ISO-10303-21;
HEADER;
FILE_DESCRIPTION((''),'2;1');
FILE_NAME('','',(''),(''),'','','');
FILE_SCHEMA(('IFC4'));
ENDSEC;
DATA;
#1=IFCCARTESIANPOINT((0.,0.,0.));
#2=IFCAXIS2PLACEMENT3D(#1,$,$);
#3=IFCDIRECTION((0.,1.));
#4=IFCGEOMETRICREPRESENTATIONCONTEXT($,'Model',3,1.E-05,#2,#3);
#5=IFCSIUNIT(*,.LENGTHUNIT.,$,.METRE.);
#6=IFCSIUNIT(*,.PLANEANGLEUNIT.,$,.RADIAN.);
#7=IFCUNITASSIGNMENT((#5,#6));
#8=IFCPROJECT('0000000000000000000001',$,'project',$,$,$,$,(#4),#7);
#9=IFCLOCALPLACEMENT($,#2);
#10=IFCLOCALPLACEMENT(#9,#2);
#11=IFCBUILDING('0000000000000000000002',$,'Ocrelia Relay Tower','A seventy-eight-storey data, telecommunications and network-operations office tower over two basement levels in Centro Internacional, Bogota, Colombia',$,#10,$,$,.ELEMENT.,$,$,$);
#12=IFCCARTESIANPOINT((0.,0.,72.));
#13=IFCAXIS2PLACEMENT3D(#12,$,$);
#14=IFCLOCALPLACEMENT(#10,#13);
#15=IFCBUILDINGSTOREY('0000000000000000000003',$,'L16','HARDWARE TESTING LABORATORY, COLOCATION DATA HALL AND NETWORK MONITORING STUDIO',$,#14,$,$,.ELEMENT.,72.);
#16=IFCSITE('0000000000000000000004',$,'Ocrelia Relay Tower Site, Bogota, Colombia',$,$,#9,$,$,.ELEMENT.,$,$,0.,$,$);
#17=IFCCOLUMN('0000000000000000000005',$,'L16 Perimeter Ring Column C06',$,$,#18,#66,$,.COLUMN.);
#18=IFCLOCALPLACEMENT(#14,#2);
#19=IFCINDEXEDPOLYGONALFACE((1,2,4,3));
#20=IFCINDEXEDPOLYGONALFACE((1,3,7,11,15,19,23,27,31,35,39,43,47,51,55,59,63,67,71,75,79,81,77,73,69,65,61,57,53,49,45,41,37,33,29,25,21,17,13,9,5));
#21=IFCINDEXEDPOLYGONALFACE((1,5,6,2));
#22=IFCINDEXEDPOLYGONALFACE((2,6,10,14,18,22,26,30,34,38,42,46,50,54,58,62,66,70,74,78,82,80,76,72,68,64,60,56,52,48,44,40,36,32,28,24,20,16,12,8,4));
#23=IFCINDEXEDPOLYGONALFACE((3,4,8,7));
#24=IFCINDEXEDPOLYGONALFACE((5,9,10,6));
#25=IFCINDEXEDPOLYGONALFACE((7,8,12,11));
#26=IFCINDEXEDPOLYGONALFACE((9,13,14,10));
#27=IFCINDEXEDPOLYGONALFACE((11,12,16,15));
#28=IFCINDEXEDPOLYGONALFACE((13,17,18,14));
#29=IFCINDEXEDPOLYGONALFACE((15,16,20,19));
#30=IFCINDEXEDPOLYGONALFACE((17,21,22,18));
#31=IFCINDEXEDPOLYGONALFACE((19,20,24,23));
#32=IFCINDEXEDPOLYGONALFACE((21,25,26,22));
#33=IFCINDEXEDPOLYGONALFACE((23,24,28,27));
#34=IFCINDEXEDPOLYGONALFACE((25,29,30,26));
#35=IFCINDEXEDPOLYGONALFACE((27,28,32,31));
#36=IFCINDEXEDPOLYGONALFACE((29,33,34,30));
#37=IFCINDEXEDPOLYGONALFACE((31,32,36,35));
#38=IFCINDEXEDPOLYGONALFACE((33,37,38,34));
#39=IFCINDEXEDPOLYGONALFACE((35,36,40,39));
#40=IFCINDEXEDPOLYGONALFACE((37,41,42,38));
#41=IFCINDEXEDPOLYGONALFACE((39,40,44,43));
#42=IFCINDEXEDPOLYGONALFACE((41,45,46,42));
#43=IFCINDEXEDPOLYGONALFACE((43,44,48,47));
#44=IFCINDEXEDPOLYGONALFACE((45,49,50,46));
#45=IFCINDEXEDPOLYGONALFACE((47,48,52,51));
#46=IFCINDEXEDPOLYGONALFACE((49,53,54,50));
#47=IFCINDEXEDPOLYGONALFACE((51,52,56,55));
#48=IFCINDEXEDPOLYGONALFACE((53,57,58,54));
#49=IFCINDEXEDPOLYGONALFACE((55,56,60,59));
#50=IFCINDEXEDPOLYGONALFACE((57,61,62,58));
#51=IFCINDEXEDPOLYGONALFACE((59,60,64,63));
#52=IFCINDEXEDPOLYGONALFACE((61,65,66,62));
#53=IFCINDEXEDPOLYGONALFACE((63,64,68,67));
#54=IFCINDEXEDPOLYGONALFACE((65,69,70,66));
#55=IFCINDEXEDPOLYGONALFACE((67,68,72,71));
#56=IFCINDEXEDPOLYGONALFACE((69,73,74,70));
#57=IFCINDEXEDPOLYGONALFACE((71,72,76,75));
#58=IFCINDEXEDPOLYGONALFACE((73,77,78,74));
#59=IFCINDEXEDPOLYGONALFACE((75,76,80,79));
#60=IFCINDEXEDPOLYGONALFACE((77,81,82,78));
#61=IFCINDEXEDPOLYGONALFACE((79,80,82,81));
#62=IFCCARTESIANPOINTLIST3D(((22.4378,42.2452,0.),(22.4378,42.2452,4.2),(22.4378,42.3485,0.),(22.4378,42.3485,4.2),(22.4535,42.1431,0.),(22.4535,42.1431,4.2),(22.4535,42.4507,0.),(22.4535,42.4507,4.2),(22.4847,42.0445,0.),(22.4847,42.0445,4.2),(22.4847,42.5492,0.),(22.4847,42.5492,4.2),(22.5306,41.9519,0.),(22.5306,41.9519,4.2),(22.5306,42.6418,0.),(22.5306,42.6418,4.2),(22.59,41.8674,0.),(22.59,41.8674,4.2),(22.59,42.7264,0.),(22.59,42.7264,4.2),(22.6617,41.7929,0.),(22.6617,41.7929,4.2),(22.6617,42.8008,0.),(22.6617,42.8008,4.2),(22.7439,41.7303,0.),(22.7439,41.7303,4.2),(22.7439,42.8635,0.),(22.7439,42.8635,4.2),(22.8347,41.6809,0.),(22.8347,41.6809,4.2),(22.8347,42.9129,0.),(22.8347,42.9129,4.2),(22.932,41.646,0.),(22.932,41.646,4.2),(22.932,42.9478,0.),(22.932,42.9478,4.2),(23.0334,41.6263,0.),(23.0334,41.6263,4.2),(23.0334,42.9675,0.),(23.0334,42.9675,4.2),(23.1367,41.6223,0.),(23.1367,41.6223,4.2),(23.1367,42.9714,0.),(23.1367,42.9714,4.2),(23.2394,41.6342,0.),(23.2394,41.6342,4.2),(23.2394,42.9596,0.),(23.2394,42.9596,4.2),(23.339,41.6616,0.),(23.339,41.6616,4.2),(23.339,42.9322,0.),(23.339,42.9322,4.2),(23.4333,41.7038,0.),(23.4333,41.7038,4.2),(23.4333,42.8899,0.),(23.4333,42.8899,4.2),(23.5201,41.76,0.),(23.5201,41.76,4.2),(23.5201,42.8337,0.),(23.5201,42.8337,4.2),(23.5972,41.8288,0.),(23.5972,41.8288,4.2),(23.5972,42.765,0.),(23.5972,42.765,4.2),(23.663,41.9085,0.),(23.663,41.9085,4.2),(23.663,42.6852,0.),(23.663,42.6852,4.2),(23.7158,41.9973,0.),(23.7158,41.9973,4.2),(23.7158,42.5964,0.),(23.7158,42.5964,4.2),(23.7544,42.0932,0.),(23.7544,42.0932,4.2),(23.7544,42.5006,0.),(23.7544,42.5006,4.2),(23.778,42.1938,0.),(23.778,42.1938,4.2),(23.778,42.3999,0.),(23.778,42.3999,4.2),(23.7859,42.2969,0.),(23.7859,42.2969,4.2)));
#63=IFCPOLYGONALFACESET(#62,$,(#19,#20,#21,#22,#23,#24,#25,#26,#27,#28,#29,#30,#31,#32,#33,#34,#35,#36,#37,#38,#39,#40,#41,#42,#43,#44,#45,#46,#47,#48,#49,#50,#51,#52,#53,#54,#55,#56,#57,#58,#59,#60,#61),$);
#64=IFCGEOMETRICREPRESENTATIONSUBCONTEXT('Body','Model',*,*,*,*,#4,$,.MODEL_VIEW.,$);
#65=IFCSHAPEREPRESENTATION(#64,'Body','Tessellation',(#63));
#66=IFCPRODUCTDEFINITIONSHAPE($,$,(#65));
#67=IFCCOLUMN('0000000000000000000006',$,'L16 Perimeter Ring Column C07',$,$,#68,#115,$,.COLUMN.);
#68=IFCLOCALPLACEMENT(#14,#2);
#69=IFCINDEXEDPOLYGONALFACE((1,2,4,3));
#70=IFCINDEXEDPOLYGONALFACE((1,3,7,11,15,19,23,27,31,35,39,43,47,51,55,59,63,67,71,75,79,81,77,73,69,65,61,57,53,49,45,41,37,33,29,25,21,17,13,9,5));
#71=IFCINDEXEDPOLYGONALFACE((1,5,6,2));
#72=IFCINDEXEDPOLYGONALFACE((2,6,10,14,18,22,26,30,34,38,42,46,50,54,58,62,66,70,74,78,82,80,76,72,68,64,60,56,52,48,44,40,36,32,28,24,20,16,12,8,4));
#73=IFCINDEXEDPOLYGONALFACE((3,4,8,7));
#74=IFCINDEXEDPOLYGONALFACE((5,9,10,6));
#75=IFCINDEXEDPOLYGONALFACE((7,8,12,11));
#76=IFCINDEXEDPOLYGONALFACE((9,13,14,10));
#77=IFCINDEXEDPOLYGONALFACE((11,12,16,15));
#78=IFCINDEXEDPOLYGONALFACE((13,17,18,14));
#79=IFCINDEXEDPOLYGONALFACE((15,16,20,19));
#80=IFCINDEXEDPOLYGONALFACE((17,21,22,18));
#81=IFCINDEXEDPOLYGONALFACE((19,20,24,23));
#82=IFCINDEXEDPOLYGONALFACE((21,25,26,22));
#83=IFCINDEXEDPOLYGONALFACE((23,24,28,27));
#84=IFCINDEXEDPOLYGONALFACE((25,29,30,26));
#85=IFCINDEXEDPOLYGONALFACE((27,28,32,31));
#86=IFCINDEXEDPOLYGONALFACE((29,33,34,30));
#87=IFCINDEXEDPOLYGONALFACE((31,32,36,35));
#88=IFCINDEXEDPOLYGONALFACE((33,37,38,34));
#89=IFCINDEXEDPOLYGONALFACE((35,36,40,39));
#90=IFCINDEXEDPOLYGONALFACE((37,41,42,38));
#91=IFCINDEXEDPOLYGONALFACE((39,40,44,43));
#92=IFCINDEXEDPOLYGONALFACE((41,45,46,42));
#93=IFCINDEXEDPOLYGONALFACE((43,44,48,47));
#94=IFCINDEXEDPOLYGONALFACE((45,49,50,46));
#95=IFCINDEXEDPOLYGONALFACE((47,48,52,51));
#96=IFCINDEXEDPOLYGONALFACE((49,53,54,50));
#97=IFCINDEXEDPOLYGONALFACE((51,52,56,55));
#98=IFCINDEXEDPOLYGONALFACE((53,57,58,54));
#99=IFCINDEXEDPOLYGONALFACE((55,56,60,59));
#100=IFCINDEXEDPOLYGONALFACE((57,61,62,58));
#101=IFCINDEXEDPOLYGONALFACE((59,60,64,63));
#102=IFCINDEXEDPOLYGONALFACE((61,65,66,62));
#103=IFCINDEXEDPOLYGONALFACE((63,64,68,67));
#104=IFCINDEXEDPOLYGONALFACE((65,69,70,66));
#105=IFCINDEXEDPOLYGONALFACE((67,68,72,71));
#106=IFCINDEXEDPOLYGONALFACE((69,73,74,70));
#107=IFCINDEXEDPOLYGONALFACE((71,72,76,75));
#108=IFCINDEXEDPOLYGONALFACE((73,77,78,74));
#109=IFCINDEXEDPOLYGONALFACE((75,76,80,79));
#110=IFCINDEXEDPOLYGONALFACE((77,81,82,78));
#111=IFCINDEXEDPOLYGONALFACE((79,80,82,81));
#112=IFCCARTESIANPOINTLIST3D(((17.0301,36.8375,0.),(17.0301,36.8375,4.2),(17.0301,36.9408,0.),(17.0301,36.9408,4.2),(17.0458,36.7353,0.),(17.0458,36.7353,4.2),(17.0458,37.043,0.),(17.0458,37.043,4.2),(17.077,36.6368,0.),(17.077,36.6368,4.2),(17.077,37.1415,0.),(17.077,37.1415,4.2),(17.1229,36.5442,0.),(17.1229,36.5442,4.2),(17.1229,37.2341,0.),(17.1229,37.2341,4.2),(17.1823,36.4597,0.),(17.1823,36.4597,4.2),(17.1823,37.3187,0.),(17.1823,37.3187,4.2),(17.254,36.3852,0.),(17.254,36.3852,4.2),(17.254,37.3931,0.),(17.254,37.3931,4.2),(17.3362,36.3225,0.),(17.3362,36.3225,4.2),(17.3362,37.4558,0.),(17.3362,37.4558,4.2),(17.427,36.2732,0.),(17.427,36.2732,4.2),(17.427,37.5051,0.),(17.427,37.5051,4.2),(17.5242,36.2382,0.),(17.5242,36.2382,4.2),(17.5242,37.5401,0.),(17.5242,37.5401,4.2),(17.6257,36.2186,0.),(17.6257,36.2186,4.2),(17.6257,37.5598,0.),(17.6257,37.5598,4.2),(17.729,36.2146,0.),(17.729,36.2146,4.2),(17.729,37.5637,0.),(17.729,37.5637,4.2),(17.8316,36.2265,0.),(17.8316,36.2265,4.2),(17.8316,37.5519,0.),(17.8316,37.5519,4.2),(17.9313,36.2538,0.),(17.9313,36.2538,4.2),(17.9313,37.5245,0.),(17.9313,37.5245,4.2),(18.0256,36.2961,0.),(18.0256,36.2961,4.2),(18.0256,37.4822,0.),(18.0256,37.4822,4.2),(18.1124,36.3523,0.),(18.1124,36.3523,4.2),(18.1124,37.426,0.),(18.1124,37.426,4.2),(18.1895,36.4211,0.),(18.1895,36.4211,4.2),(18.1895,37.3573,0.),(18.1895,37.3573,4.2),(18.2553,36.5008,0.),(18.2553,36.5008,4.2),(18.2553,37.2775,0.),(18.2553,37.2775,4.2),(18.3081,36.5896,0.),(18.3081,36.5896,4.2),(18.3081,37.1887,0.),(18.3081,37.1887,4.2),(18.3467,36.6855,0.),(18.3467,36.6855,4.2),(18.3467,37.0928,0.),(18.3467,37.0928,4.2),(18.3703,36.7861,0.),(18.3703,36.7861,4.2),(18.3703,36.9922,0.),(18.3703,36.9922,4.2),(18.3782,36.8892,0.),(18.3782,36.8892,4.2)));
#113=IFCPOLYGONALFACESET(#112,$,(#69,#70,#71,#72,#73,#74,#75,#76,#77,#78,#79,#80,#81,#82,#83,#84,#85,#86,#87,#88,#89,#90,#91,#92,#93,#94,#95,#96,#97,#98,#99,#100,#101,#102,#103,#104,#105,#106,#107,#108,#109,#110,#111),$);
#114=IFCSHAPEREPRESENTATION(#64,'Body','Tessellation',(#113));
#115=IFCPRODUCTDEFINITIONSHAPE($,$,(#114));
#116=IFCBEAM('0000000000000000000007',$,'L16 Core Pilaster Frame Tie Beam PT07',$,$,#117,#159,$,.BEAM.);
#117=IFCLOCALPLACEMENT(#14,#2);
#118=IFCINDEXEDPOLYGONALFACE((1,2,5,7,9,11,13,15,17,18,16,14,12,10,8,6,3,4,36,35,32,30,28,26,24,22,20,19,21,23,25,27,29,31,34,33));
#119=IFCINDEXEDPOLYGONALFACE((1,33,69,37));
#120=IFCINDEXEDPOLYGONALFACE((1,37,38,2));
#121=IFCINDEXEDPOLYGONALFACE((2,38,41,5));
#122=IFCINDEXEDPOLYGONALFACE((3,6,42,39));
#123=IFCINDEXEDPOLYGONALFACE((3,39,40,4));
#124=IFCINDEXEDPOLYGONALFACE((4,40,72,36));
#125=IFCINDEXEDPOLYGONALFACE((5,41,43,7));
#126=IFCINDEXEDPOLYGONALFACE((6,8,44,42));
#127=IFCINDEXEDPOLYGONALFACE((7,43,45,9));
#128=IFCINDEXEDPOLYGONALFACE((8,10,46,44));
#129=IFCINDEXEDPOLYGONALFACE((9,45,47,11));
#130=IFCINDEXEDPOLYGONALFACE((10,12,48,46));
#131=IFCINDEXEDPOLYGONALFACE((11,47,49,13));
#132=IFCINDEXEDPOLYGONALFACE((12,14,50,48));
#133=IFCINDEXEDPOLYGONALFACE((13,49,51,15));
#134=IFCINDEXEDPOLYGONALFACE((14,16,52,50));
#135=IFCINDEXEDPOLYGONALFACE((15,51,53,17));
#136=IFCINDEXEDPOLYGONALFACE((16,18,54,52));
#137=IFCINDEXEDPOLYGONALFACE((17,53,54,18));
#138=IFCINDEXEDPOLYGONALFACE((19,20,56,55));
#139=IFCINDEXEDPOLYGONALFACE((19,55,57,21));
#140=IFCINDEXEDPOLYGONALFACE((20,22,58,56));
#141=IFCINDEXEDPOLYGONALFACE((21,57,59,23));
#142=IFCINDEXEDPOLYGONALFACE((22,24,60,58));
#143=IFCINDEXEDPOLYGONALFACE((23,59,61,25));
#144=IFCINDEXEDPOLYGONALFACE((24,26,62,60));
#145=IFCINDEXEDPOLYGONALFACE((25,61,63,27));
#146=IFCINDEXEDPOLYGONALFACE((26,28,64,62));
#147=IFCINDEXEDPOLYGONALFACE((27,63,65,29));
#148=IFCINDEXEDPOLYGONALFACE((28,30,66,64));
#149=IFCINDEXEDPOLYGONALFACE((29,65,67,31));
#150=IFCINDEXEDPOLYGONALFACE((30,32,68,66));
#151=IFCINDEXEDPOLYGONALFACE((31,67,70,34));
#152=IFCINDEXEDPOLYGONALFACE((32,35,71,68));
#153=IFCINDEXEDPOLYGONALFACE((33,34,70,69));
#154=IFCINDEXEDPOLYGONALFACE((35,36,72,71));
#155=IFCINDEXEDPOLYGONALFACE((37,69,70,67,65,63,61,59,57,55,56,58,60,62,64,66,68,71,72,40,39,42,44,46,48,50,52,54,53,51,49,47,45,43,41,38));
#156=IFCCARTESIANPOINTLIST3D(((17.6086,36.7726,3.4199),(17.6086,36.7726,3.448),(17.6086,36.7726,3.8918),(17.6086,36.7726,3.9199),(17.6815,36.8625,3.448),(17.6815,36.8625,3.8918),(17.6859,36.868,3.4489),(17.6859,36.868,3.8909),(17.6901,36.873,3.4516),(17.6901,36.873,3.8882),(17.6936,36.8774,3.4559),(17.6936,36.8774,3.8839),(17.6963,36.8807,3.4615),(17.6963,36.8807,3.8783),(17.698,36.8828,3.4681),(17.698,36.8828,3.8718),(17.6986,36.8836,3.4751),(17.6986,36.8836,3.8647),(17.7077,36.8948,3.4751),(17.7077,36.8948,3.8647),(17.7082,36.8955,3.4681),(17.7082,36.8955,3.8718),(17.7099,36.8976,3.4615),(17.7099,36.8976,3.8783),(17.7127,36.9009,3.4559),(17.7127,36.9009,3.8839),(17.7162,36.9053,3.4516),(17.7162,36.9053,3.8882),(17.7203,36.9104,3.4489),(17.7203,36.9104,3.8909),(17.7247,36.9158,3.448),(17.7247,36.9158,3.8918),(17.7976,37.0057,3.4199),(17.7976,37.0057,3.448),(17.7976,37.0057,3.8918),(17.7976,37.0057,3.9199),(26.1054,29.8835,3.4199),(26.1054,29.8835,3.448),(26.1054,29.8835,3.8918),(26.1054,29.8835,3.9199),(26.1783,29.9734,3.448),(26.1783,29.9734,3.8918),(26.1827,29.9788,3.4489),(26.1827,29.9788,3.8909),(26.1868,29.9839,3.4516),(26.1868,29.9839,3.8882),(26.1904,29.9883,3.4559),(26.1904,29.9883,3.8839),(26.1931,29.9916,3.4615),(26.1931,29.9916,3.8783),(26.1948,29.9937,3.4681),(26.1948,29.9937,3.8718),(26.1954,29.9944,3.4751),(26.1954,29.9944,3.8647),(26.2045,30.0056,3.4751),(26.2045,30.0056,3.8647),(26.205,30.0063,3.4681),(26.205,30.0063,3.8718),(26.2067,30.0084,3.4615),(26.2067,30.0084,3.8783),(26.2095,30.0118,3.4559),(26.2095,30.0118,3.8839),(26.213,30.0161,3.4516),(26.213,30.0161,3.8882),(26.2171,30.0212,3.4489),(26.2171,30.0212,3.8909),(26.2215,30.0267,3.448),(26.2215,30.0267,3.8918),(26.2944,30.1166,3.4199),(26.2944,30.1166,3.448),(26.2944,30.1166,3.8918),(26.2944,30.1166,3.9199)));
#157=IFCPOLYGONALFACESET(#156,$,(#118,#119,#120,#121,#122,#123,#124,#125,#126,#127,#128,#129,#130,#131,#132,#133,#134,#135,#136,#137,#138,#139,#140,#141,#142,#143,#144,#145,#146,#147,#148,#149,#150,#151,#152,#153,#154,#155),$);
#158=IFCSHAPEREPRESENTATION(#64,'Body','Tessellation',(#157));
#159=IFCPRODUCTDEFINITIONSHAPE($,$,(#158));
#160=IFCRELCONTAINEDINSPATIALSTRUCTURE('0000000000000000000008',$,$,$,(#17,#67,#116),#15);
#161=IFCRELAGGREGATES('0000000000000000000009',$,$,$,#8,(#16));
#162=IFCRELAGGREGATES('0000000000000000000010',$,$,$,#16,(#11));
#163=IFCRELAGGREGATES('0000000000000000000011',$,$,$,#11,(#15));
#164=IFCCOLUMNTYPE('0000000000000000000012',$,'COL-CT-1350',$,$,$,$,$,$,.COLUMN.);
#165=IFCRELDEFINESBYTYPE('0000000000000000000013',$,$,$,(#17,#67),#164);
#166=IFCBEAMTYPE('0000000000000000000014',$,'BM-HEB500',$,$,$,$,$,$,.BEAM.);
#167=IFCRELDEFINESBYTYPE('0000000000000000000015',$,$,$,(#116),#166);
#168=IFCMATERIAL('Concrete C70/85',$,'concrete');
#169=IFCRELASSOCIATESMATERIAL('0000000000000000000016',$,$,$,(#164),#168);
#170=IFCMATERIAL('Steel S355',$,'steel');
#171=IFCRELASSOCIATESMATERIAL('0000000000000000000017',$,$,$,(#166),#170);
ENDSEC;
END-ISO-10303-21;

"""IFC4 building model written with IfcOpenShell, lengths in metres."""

from ifc_helpers import new_model, si_unit, direction, frame, origin, origin_2d, place, context, subcontext, project, spatial, circle, i_section, extrude, material, material_profile, profile_set, type_object, element, save


model = new_model("IFC4")

# Units and contexts
model_context = context("Model", 3, precision=1e-05, world=origin(), true_north=direction((0.0, 1.0)))
body_context = subcontext(model_context, "Body", "Model", "MODEL_VIEW")
ifc_project = project(units=[si_unit("LENGTHUNIT", "METRE"), si_unit("PLANEANGLEUNIT", "RADIAN")], contexts=[model_context])

# Site, building, storey
site_placement = place(None, origin())
site = spatial("IfcSite", under=ifc_project, at=site_placement, Name="Ocrelia Relay Tower Site, Bogota, Colombia", CompositionType="ELEMENT", RefElevation=0.0)
building_placement = place(site_placement, origin())
building = spatial("IfcBuilding", under=site, at=building_placement, Name="Ocrelia Relay Tower", Description="A seventy-eight-storey data, telecommunications and network-operations office tower over two basement levels in Centro Internacional, Bogota, Colombia", CompositionType="ELEMENT")
storey_placement = place(building_placement, frame((0.0, 0.0, 72.0)))
storey = spatial("IfcBuildingStorey", under=building, at=storey_placement, Name="L16", Description="HARDWARE TESTING LABORATORY, COLOCATION DATA HALL AND NETWORK MONITORING STUDIO", CompositionType="ELEMENT", Elevation=72.0)

# Columns
ifc_material_1 = material(Name="Concrete C70/85", Category="concrete")
ifc_material_profile_1 = material_profile(ifc_material_1, circle(Radius=0.675, at=origin_2d()), Name="RC-CIR-1350")
ifc_profile_set_1 = profile_set([ifc_material_profile_1], Name="Concrete C70/85")
column_type = type_object("IfcColumnType", Name="COL-CT-1350", PredefinedType="COLUMN", material=ifc_profile_set_1)
for number, where, z_axis, x_axis, name in (
    (1, (23.1108, 42.2969, 0.0), (0.0, 0.0, 1.0), (1.0, 0.0, 0.0), "L16 Perimeter Ring Column C06"),
    (2, (17.7031, 36.8892, 0.0), (0.0, 0.0, 1.0), (1.0, 0.0, 0.0), "L16 Perimeter Ring Column C07"),
):
    element("IfcColumn", number, at=place(storey_placement, frame(where, z_axis=z_axis, x_axis=x_axis)), inside=storey, type_object=column_type, Name=name, PredefinedType="COLUMN", context=body_context, shape_type="SweptSolid", body=[
        extrude(circle(Radius=0.675, at=origin_2d()), origin(), (0.0, 0.0, 1.0), 4.2),
    ])

# Beam
ifc_material_2 = material(Name="Steel S355", Category="steel")
ifc_material_profile_2 = material_profile(ifc_material_2, i_section(OverallWidth=0.3, OverallDepth=0.5, WebThickness=0.0144, FlangeThickness=0.0281, FilletRadius=0.0271, at=origin_2d()), Name="HEB 500")
ifc_profile_set_2 = profile_set([ifc_material_profile_2], Name="Steel S355")
beam_type_1 = type_object("IfcBeamType", Name="BM-HEB500", PredefinedType="BEAM", material=ifc_profile_set_2)
beam_1_placement = place(storey_placement, frame((17.7031, 36.8892, 3.6699), z_axis=(0.776763, -0.629793, 0.0), x_axis=(0.629793, 0.776763, 0.0)))
element("IfcBeam", 3, at=beam_1_placement, inside=storey, type_object=beam_type_1, Name="L16 Core Pilaster Frame Tie Beam PT07", PredefinedType="BEAM", context=body_context, shape_type="SweptSolid", body=[
    extrude(i_section(OverallWidth=0.3, OverallDepth=0.5, WebThickness=0.0144, FlangeThickness=0.0281, FilletRadius=0.0271, at=origin_2d()), origin(), (0.0, 0.0, 1.0), 10.9387),
])

save(model, "model.ifc")
